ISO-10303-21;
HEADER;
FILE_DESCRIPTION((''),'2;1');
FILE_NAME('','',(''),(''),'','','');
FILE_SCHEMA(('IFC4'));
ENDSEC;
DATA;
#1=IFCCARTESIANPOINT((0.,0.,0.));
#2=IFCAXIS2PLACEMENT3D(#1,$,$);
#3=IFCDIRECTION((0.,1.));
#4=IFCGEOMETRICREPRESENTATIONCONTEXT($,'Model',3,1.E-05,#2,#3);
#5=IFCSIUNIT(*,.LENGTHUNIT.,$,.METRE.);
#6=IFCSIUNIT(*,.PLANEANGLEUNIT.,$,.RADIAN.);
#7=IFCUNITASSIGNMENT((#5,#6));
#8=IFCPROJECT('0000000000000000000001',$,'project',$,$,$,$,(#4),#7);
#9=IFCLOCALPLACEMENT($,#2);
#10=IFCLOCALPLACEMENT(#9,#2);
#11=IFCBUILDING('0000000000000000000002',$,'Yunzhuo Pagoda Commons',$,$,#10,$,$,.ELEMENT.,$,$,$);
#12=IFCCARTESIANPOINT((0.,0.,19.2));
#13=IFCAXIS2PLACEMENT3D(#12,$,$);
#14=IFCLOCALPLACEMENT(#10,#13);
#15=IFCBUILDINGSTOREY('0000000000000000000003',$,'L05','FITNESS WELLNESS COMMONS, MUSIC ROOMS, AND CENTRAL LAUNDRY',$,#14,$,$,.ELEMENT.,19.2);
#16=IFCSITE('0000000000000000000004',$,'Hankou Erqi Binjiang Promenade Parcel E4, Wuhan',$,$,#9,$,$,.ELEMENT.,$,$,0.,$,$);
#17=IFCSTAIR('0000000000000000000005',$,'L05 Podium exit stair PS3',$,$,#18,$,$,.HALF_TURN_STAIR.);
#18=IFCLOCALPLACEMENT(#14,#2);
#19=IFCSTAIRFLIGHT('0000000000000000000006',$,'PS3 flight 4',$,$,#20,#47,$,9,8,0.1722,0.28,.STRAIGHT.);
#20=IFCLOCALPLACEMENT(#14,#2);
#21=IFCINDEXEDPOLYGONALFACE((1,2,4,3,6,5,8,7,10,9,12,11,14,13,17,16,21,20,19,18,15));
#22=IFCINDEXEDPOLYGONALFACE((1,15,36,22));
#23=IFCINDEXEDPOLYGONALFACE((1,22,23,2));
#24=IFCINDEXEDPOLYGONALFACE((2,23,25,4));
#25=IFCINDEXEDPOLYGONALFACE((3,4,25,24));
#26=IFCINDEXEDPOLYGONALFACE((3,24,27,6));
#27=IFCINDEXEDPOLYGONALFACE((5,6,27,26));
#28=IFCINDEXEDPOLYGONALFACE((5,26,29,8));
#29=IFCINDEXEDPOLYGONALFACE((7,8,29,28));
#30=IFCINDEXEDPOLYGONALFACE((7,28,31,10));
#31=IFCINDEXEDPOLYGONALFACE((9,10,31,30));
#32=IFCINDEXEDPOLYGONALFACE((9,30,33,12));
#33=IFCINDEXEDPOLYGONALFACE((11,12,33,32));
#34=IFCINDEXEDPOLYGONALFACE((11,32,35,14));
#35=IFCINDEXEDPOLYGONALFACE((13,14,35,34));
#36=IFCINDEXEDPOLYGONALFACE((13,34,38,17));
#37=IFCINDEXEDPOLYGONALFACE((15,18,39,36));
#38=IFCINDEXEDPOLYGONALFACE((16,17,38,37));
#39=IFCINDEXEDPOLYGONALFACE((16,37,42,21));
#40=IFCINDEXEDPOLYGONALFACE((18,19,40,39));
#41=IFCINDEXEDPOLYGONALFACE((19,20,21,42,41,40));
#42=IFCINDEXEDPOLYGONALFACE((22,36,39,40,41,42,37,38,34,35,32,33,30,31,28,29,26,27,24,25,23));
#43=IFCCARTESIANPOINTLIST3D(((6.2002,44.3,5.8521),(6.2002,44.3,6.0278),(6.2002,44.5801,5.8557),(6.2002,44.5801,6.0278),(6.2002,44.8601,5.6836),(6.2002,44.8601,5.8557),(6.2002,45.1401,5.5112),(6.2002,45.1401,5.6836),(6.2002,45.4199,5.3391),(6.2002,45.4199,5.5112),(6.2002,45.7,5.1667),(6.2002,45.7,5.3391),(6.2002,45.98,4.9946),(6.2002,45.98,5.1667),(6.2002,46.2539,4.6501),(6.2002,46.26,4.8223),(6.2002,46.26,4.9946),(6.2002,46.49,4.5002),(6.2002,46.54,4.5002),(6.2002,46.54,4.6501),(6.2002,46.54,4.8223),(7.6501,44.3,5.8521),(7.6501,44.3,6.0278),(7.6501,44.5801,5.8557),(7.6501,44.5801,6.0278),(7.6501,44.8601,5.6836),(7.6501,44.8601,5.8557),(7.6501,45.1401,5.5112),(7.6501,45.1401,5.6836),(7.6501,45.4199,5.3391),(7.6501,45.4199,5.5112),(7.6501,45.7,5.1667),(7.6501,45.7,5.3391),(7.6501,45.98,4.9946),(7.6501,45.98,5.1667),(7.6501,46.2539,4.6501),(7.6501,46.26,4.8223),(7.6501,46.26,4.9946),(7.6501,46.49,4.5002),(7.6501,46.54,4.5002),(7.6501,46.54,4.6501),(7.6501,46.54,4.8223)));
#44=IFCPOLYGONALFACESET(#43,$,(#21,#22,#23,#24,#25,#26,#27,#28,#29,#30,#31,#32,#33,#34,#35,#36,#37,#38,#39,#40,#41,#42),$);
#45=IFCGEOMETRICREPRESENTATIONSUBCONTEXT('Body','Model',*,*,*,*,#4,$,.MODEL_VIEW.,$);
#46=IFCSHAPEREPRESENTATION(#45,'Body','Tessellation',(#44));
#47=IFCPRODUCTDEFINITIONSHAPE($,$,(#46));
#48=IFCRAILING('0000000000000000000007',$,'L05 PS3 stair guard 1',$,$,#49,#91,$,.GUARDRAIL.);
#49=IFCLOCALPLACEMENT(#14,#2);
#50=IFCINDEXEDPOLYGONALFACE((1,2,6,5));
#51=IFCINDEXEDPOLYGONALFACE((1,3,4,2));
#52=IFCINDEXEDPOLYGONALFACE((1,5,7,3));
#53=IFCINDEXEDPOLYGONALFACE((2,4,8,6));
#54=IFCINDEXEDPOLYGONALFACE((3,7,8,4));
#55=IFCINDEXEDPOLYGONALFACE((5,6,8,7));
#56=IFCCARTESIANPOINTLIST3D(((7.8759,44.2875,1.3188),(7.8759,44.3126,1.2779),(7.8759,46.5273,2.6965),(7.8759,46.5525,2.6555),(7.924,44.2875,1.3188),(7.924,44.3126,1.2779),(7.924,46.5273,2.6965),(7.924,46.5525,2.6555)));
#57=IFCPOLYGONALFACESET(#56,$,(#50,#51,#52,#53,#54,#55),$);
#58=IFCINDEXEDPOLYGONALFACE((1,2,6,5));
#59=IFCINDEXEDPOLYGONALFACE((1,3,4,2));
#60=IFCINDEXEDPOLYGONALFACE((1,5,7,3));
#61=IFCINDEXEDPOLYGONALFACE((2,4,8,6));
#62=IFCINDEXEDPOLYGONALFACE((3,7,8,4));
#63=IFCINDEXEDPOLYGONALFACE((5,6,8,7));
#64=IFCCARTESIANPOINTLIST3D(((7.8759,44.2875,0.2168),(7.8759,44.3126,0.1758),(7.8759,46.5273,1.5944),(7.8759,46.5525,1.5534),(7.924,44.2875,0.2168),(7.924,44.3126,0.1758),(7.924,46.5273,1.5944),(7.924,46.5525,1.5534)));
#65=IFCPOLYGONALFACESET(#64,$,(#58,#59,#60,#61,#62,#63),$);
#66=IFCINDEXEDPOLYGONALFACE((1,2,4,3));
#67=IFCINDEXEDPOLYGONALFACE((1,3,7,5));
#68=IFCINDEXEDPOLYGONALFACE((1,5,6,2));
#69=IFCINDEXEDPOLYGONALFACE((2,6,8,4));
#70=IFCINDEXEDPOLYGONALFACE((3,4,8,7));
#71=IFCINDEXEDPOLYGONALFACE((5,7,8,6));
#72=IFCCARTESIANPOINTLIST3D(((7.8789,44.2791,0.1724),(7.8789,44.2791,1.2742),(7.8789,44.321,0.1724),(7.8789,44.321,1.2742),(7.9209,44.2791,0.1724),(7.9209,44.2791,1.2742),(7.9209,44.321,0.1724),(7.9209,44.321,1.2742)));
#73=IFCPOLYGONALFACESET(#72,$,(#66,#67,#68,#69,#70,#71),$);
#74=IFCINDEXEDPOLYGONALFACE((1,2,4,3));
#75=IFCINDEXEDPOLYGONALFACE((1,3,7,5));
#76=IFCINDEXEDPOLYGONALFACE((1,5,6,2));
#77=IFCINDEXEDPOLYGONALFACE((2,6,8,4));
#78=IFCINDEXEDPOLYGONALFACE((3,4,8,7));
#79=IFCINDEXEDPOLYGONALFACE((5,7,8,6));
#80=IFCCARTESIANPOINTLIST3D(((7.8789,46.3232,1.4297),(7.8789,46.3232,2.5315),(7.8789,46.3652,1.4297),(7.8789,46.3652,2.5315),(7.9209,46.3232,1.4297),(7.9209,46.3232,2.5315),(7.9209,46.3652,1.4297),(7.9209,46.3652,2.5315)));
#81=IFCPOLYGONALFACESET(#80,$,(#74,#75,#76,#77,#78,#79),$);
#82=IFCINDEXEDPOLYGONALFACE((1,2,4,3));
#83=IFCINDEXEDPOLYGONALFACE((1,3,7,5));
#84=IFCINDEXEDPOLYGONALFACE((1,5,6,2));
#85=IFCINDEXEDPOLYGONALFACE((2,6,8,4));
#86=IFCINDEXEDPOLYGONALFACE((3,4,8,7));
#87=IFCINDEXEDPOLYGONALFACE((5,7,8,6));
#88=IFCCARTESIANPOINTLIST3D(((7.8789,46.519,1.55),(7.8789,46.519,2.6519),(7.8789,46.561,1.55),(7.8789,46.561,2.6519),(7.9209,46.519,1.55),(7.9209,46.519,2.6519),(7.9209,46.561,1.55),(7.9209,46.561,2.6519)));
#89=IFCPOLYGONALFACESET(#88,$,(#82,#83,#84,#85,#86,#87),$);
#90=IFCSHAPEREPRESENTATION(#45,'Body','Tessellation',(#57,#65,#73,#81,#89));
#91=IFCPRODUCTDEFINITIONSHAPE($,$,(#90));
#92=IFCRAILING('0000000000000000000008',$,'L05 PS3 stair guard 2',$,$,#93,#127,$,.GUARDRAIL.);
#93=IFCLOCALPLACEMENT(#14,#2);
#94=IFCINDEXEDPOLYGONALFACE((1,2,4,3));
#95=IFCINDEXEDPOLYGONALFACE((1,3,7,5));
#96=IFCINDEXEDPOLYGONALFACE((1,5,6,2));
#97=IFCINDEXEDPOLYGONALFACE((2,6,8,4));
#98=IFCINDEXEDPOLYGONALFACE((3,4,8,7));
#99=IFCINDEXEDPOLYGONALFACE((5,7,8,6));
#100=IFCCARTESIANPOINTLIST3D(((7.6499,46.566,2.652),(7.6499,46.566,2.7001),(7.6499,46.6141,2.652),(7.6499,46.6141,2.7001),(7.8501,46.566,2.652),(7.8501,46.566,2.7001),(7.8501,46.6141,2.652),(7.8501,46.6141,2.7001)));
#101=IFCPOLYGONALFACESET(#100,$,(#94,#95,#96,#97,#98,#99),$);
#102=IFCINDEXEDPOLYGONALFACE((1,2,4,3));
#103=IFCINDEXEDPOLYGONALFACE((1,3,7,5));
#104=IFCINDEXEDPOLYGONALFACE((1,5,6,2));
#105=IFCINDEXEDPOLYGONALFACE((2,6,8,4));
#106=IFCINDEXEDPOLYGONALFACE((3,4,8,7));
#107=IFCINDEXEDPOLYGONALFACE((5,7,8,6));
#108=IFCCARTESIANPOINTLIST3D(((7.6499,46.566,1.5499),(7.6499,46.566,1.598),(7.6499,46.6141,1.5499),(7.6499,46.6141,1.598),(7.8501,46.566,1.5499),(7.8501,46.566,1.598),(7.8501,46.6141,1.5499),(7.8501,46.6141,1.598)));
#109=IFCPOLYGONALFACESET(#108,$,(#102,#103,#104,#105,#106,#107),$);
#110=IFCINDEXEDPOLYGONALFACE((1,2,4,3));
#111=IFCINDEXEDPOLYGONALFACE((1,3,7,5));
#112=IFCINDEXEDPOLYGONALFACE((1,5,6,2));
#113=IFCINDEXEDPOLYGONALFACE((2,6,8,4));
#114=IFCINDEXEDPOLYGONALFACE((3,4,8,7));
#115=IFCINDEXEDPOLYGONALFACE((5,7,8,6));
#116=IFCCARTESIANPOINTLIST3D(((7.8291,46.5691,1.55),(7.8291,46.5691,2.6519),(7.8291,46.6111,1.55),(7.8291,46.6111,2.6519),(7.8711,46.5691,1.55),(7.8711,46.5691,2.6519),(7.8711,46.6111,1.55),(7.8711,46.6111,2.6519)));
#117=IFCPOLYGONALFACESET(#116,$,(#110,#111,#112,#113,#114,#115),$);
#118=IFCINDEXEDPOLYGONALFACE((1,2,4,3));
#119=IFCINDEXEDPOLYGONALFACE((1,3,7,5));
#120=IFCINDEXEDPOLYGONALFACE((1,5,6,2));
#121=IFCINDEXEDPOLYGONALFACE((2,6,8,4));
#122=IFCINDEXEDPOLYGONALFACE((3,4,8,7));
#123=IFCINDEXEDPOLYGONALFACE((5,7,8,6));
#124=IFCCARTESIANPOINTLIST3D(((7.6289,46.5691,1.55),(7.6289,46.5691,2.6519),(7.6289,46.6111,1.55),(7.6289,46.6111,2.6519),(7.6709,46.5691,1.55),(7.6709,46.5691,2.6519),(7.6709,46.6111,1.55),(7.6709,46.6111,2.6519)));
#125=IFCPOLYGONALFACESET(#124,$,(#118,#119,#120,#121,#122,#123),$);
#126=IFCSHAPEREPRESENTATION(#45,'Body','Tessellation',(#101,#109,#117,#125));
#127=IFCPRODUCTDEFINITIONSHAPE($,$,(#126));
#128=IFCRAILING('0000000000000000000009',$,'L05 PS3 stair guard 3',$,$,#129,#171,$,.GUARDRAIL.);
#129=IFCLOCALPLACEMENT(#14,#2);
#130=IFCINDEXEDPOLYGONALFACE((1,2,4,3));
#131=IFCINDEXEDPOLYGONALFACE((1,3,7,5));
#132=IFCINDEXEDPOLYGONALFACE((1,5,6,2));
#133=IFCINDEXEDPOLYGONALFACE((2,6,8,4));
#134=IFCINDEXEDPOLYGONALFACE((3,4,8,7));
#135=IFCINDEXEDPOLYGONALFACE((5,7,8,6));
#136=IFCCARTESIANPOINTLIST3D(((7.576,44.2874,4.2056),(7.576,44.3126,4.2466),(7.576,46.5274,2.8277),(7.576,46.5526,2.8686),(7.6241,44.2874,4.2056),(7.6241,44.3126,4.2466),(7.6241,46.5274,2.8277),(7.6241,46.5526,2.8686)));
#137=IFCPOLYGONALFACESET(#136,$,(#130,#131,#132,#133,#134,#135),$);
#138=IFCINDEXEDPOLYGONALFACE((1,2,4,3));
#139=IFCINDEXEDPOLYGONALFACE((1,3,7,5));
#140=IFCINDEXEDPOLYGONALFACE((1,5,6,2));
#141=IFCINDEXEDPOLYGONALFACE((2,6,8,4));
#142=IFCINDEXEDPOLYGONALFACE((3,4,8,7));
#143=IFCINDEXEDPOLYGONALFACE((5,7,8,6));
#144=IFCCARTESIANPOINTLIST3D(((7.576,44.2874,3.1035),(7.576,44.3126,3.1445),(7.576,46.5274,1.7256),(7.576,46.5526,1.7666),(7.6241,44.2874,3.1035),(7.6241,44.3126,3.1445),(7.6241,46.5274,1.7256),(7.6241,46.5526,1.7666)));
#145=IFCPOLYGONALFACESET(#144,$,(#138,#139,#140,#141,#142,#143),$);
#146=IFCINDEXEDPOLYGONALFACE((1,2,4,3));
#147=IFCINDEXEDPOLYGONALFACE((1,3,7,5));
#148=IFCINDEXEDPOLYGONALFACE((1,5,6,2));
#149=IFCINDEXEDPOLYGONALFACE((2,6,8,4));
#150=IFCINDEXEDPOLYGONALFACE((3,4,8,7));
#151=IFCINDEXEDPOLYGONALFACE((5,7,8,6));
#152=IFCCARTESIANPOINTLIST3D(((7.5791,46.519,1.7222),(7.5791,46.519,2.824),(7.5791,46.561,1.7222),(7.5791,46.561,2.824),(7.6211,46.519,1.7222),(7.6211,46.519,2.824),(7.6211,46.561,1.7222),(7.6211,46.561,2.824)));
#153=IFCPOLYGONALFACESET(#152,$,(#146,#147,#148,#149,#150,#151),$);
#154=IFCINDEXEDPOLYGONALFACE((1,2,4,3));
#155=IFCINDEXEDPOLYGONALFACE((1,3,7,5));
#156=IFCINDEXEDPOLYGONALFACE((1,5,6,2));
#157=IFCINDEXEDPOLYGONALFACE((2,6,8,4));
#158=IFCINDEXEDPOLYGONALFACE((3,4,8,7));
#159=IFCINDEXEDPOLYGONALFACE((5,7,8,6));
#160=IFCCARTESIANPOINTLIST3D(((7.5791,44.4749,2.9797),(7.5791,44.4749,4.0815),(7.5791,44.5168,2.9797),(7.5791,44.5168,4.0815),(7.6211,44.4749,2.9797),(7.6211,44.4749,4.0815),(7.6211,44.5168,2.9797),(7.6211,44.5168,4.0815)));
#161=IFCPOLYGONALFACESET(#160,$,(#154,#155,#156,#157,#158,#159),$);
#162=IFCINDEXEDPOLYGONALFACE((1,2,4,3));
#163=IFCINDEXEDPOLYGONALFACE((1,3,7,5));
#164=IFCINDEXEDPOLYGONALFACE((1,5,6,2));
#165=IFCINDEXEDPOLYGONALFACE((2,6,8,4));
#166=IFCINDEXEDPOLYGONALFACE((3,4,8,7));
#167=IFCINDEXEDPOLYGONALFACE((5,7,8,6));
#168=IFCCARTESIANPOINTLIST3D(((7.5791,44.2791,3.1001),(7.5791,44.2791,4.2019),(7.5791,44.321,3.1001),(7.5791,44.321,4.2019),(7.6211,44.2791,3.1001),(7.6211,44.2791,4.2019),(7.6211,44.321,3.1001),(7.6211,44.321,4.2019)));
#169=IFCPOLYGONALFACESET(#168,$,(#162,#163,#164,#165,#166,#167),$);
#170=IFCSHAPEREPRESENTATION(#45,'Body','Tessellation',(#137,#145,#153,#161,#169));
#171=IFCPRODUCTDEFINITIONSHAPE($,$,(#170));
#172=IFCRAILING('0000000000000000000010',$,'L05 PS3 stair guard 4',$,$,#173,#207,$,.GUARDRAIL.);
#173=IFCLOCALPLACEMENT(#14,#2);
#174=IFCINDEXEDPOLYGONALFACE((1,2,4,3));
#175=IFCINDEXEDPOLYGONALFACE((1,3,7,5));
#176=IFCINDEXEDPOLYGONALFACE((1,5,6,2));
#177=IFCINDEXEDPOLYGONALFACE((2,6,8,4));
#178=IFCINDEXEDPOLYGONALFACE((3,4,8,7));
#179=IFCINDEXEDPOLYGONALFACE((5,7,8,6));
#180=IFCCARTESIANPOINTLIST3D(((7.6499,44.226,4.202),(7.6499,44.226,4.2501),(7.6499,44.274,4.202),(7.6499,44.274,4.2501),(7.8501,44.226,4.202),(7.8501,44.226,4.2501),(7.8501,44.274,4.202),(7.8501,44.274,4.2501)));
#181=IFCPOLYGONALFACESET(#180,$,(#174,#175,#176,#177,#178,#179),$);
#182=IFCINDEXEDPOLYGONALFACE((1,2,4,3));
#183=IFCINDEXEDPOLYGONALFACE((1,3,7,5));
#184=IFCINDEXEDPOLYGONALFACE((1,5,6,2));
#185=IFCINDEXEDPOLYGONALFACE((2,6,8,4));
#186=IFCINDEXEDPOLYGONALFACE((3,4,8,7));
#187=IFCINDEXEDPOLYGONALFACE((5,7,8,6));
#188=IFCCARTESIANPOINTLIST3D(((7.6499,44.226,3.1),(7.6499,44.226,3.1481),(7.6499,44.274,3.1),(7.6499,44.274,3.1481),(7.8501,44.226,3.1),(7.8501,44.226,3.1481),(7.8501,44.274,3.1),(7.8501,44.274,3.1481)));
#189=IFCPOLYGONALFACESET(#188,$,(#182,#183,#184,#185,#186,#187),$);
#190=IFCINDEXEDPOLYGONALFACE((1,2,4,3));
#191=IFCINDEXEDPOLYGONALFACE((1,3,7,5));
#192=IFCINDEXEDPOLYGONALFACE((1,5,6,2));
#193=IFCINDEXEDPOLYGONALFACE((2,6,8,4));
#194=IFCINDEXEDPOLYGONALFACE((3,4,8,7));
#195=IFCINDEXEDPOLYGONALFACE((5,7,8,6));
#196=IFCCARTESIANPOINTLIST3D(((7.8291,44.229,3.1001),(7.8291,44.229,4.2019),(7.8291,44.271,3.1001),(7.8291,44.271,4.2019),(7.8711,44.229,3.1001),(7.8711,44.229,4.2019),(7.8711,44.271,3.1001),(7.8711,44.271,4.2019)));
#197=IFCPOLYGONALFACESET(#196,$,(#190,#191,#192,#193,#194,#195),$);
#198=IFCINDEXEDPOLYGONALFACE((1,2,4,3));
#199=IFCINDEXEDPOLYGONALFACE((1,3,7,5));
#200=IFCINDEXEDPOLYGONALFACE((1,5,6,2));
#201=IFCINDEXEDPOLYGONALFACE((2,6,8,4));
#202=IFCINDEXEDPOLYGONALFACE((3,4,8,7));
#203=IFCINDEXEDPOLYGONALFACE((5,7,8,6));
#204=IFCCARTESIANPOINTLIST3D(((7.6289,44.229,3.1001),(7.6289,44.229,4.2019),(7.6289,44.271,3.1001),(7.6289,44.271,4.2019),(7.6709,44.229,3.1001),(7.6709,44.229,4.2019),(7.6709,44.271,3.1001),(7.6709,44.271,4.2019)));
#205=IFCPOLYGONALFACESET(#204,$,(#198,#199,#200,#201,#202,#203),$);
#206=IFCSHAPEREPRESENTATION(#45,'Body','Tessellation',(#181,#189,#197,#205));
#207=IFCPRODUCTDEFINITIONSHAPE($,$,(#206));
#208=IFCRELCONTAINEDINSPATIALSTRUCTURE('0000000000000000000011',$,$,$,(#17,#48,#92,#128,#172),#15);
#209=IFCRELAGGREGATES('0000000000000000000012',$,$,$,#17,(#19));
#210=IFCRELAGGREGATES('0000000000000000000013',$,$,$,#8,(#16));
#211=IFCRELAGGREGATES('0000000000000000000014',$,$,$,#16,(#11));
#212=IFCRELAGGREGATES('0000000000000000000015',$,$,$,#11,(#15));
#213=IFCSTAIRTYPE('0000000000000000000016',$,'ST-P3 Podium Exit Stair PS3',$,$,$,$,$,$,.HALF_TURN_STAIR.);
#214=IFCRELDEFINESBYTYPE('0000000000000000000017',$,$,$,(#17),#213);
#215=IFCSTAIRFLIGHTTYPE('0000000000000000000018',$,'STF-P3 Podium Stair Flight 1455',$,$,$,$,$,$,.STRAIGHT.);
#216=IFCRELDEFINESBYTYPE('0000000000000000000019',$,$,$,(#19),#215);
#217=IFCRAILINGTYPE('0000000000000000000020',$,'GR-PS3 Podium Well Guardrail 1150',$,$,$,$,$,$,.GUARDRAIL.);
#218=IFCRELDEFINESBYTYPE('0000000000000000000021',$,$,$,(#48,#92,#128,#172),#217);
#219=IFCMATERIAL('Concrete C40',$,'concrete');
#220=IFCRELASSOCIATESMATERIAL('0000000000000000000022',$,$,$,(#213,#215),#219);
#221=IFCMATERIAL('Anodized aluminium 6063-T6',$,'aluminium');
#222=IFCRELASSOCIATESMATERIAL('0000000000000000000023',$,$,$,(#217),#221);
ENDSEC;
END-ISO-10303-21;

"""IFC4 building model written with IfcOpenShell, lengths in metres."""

from ifc_helpers import new_model, si_unit, direction, frame, origin, origin_2d, place, context, subcontext, project, spatial, polyline, rectangle, outline, extrude, source, transform, mapped, material, type_object, element, aggregate, save


model = new_model("IFC4")

# Units and contexts
model_context = context("Model", 3, precision=1e-05, world=origin(), true_north=direction((0.0, 1.0)))
body_context = subcontext(model_context, "Body", "Model", "MODEL_VIEW")
ifc_project = project(units=[si_unit("LENGTHUNIT", "METRE"), si_unit("PLANEANGLEUNIT", "RADIAN")], contexts=[model_context])

# Site, building, storey
site_placement = place(None, origin())
site = spatial("IfcSite", under=ifc_project, at=site_placement, Name="Hankou Erqi Binjiang Promenade Parcel E4, Wuhan", CompositionType="ELEMENT", RefElevation=0.0)
building_placement = place(site_placement, origin())
building = spatial("IfcBuilding", under=site, at=building_placement, Name="Yunzhuo Pagoda Commons", CompositionType="ELEMENT")
storey_placement = place(building_placement, frame((0.0, 0.0, 19.2)))
storey = spatial("IfcBuildingStorey", under=building, at=storey_placement, Name="L05", Description="FITNESS WELLNESS COMMONS, MUSIC ROOMS, AND CENTRAL LAUNDRY", CompositionType="ELEMENT", Elevation=19.2)

# Stair, stair flight
ifc_material_1 = material(Name="Concrete C40", Category="concrete")
stair_type = type_object("IfcStairType", Name="ST-P3 Podium Exit Stair PS3", PredefinedType="HALF_TURN_STAIR", material=ifc_material_1)
stair_placement = place(storey_placement, origin())
stair = element("IfcStair", 1, at=stair_placement, inside=storey, type_object=stair_type, Name="L05 Podium exit stair PS3", PredefinedType="HALF_TURN_STAIR")
stair_flight_type = type_object("IfcStairFlightType", Name="STF-P3 Podium Stair Flight 1455", PredefinedType="STRAIGHT", material=ifc_material_1)
shared_shape_1 = source(origin(), body_context, "Body", "SweptSolid", [
    extrude(outline(polyline([(0.0, -0.1499), (0.0, 0.0), (0.0, 0.1721), (0.28, 0.1721), (0.28, 0.3445), (0.5601, 0.3445), (0.5601, 0.5166), (0.8401, 0.5166), (0.8401, 0.689), (1.1201, 0.689), (1.1201, 0.8611), (1.3999, 0.8611), (1.3999, 1.0334), (1.6799, 1.0334), (1.6799, 1.2056), (1.96, 1.2056), (1.96, 1.3777), (2.24, 1.3777), (2.24, 1.55), (2.24, 1.2019), (0.2861, 0.0), (0.05, -0.1499), (0.0, -0.1499)])), frame((0.0, 0.7251, 0.0), z_axis=(0.0, -1.0, 0.0), x_axis=(1.0, 0.0, 0.0)), (0.0, 0.0, 1.0), 1.45),
])
stair_flight_1_placement = place(storey_placement, frame((6.925, 46.54, 4.6501), z_axis=(0.0, 0.0, 1.0), x_axis=(0.0, -1.0, 0.0)))
stair_flight_1 = element("IfcStairFlight", 2, at=stair_flight_1_placement, type_object=stair_flight_type, Name="PS3 flight 4", NumberOfRisers=9, NumberOfTreads=8, PredefinedType="STRAIGHT", RiserHeight=0.1722, TreadLength=0.28, context=body_context, shape_type="MappedRepresentation", body=[
    mapped(shared_shape_1, transform((0.0, 0.0, 0.0), scale=1.0)),
])
aggregate(stair, [stair_flight_1])

# Railings
ifc_material_2 = material(Name="Anodized aluminium 6063-T6", Category="aluminium")
railing_type_1 = type_object("IfcRailingType", Name="GR-PS3 Podium Well Guardrail 1150", PredefinedType="GUARDRAIL", material=ifc_material_2)
railing_1_placement = place(storey_placement, frame((7.8999, 44.3, 0.1724)))
element("IfcRailing", 3, at=railing_1_placement, inside=storey, type_object=railing_type_1, Name="L05 PS3 stair guard 1", PredefinedType="GUARDRAIL", context=body_context, shape_type="SweptSolid", body=[
    extrude(rectangle(XDim=0.0481, YDim=0.0481, at=origin_2d()), frame((0.0, 0.0, 1.126), z_axis=(0.0, 0.851789, 0.523885), x_axis=(-1.0, 0.0, 0.0)), (0.0, 0.0, 1.0), 2.6296),
    extrude(rectangle(XDim=0.0481, YDim=0.0481, at=origin_2d()), frame((0.0, 0.0, 0.0239), z_axis=(0.0, 0.851789, 0.523885), x_axis=(-1.0, 0.0, 0.0)), (0.0, 0.0, 1.0), 2.6296),
    extrude(rectangle(XDim=0.042, YDim=0.042, at=origin_2d()), origin(), (0.0, 0.0, 1.0), 1.1018),
    extrude(rectangle(XDim=0.042, YDim=0.042, at=origin_2d()), frame((0.0, 2.0442, 1.2573)), (0.0, 0.0, 1.0), 1.1018),
    extrude(rectangle(XDim=0.042, YDim=0.042, at=origin_2d()), frame((0.0, 2.24, 1.3777)), (0.0, 0.0, 1.0), 1.1018),
])
railing_2_placement = place(storey_placement, frame((7.8501, 46.5901, 1.55)))
element("IfcRailing", 4, at=railing_2_placement, inside=storey, type_object=railing_type_1, Name="L05 PS3 stair guard 2", PredefinedType="GUARDRAIL", context=body_context, shape_type="SweptSolid", body=[
    extrude(rectangle(XDim=0.0481, YDim=0.0481, at=origin_2d()), frame((0.0, 0.0, 1.126), z_axis=(-1.0, 0.0, 0.0), x_axis=(0.0, -1.0, 0.0)), (0.0, 0.0, 1.0), 0.2002),
    extrude(rectangle(XDim=0.0481, YDim=0.0481, at=origin_2d()), frame((0.0, 0.0, 0.0239), z_axis=(-1.0, 0.0, 0.0), x_axis=(0.0, -1.0, 0.0)), (0.0, 0.0, 1.0), 0.2002),
    extrude(rectangle(XDim=0.042, YDim=0.042, at=origin_2d()), origin(), (0.0, 0.0, 1.0), 1.1018),
    extrude(rectangle(XDim=0.042, YDim=0.042, at=origin_2d()), frame((-0.2002, 0.0, 0.0)), (0.0, 0.0, 1.0), 1.1018),
])
railing_3_placement = place(storey_placement, frame((7.6001, 46.54, 1.7222)))
element("IfcRailing", 5, at=railing_3_placement, inside=storey, type_object=railing_type_1, Name="L05 PS3 stair guard 3", PredefinedType="GUARDRAIL", context=body_context, shape_type="SweptSolid", body=[
    extrude(rectangle(XDim=0.0481, YDim=0.0481, at=origin_2d()), frame((0.0, 0.0, 1.126), z_axis=(0.0, -0.851748, 0.523952), x_axis=(1.0, 0.0, 0.0)), (0.0, 0.0, 1.0), 2.6299),
    extrude(rectangle(XDim=0.0481, YDim=0.0481, at=origin_2d()), frame((0.0, 0.0, 0.0239), z_axis=(0.0, -0.851748, 0.523952), x_axis=(1.0, 0.0, 0.0)), (0.0, 0.0, 1.0), 2.6299),
    extrude(rectangle(XDim=0.042, YDim=0.042, at=origin_2d()), origin(), (0.0, 0.0, 1.0), 1.1018),
    extrude(rectangle(XDim=0.042, YDim=0.042, at=origin_2d()), frame((0.0, -2.0442, 1.2576)), (0.0, 0.0, 1.0), 1.1018),
    extrude(rectangle(XDim=0.042, YDim=0.042, at=origin_2d()), frame((0.0, -2.24, 1.3779)), (0.0, 0.0, 1.0), 1.1018),
])
railing_4_placement = place(storey_placement, frame((7.8501, 44.25, 3.1001)))
element("IfcRailing", 6, at=railing_4_placement, inside=storey, type_object=railing_type_1, Name="L05 PS3 stair guard 4", PredefinedType="GUARDRAIL", context=body_context, shape_type="SweptSolid", body=[
    extrude(rectangle(XDim=0.0481, YDim=0.0481, at=origin_2d()), frame((0.0, 0.0, 1.126), z_axis=(-1.0, 0.0, 0.0), x_axis=(0.0, -1.0, 0.0)), (0.0, 0.0, 1.0), 0.2002),
    extrude(rectangle(XDim=0.0481, YDim=0.0481, at=origin_2d()), frame((0.0, 0.0, 0.0239), z_axis=(-1.0, 0.0, 0.0), x_axis=(0.0, -1.0, 0.0)), (0.0, 0.0, 1.0), 0.2002),
    extrude(rectangle(XDim=0.042, YDim=0.042, at=origin_2d()), origin(), (0.0, 0.0, 1.0), 1.1018),
    extrude(rectangle(XDim=0.042, YDim=0.042, at=origin_2d()), frame((-0.2002, 0.0, 0.0)), (0.0, 0.0, 1.0), 1.1018),
])

save(model, "model.ifc")
